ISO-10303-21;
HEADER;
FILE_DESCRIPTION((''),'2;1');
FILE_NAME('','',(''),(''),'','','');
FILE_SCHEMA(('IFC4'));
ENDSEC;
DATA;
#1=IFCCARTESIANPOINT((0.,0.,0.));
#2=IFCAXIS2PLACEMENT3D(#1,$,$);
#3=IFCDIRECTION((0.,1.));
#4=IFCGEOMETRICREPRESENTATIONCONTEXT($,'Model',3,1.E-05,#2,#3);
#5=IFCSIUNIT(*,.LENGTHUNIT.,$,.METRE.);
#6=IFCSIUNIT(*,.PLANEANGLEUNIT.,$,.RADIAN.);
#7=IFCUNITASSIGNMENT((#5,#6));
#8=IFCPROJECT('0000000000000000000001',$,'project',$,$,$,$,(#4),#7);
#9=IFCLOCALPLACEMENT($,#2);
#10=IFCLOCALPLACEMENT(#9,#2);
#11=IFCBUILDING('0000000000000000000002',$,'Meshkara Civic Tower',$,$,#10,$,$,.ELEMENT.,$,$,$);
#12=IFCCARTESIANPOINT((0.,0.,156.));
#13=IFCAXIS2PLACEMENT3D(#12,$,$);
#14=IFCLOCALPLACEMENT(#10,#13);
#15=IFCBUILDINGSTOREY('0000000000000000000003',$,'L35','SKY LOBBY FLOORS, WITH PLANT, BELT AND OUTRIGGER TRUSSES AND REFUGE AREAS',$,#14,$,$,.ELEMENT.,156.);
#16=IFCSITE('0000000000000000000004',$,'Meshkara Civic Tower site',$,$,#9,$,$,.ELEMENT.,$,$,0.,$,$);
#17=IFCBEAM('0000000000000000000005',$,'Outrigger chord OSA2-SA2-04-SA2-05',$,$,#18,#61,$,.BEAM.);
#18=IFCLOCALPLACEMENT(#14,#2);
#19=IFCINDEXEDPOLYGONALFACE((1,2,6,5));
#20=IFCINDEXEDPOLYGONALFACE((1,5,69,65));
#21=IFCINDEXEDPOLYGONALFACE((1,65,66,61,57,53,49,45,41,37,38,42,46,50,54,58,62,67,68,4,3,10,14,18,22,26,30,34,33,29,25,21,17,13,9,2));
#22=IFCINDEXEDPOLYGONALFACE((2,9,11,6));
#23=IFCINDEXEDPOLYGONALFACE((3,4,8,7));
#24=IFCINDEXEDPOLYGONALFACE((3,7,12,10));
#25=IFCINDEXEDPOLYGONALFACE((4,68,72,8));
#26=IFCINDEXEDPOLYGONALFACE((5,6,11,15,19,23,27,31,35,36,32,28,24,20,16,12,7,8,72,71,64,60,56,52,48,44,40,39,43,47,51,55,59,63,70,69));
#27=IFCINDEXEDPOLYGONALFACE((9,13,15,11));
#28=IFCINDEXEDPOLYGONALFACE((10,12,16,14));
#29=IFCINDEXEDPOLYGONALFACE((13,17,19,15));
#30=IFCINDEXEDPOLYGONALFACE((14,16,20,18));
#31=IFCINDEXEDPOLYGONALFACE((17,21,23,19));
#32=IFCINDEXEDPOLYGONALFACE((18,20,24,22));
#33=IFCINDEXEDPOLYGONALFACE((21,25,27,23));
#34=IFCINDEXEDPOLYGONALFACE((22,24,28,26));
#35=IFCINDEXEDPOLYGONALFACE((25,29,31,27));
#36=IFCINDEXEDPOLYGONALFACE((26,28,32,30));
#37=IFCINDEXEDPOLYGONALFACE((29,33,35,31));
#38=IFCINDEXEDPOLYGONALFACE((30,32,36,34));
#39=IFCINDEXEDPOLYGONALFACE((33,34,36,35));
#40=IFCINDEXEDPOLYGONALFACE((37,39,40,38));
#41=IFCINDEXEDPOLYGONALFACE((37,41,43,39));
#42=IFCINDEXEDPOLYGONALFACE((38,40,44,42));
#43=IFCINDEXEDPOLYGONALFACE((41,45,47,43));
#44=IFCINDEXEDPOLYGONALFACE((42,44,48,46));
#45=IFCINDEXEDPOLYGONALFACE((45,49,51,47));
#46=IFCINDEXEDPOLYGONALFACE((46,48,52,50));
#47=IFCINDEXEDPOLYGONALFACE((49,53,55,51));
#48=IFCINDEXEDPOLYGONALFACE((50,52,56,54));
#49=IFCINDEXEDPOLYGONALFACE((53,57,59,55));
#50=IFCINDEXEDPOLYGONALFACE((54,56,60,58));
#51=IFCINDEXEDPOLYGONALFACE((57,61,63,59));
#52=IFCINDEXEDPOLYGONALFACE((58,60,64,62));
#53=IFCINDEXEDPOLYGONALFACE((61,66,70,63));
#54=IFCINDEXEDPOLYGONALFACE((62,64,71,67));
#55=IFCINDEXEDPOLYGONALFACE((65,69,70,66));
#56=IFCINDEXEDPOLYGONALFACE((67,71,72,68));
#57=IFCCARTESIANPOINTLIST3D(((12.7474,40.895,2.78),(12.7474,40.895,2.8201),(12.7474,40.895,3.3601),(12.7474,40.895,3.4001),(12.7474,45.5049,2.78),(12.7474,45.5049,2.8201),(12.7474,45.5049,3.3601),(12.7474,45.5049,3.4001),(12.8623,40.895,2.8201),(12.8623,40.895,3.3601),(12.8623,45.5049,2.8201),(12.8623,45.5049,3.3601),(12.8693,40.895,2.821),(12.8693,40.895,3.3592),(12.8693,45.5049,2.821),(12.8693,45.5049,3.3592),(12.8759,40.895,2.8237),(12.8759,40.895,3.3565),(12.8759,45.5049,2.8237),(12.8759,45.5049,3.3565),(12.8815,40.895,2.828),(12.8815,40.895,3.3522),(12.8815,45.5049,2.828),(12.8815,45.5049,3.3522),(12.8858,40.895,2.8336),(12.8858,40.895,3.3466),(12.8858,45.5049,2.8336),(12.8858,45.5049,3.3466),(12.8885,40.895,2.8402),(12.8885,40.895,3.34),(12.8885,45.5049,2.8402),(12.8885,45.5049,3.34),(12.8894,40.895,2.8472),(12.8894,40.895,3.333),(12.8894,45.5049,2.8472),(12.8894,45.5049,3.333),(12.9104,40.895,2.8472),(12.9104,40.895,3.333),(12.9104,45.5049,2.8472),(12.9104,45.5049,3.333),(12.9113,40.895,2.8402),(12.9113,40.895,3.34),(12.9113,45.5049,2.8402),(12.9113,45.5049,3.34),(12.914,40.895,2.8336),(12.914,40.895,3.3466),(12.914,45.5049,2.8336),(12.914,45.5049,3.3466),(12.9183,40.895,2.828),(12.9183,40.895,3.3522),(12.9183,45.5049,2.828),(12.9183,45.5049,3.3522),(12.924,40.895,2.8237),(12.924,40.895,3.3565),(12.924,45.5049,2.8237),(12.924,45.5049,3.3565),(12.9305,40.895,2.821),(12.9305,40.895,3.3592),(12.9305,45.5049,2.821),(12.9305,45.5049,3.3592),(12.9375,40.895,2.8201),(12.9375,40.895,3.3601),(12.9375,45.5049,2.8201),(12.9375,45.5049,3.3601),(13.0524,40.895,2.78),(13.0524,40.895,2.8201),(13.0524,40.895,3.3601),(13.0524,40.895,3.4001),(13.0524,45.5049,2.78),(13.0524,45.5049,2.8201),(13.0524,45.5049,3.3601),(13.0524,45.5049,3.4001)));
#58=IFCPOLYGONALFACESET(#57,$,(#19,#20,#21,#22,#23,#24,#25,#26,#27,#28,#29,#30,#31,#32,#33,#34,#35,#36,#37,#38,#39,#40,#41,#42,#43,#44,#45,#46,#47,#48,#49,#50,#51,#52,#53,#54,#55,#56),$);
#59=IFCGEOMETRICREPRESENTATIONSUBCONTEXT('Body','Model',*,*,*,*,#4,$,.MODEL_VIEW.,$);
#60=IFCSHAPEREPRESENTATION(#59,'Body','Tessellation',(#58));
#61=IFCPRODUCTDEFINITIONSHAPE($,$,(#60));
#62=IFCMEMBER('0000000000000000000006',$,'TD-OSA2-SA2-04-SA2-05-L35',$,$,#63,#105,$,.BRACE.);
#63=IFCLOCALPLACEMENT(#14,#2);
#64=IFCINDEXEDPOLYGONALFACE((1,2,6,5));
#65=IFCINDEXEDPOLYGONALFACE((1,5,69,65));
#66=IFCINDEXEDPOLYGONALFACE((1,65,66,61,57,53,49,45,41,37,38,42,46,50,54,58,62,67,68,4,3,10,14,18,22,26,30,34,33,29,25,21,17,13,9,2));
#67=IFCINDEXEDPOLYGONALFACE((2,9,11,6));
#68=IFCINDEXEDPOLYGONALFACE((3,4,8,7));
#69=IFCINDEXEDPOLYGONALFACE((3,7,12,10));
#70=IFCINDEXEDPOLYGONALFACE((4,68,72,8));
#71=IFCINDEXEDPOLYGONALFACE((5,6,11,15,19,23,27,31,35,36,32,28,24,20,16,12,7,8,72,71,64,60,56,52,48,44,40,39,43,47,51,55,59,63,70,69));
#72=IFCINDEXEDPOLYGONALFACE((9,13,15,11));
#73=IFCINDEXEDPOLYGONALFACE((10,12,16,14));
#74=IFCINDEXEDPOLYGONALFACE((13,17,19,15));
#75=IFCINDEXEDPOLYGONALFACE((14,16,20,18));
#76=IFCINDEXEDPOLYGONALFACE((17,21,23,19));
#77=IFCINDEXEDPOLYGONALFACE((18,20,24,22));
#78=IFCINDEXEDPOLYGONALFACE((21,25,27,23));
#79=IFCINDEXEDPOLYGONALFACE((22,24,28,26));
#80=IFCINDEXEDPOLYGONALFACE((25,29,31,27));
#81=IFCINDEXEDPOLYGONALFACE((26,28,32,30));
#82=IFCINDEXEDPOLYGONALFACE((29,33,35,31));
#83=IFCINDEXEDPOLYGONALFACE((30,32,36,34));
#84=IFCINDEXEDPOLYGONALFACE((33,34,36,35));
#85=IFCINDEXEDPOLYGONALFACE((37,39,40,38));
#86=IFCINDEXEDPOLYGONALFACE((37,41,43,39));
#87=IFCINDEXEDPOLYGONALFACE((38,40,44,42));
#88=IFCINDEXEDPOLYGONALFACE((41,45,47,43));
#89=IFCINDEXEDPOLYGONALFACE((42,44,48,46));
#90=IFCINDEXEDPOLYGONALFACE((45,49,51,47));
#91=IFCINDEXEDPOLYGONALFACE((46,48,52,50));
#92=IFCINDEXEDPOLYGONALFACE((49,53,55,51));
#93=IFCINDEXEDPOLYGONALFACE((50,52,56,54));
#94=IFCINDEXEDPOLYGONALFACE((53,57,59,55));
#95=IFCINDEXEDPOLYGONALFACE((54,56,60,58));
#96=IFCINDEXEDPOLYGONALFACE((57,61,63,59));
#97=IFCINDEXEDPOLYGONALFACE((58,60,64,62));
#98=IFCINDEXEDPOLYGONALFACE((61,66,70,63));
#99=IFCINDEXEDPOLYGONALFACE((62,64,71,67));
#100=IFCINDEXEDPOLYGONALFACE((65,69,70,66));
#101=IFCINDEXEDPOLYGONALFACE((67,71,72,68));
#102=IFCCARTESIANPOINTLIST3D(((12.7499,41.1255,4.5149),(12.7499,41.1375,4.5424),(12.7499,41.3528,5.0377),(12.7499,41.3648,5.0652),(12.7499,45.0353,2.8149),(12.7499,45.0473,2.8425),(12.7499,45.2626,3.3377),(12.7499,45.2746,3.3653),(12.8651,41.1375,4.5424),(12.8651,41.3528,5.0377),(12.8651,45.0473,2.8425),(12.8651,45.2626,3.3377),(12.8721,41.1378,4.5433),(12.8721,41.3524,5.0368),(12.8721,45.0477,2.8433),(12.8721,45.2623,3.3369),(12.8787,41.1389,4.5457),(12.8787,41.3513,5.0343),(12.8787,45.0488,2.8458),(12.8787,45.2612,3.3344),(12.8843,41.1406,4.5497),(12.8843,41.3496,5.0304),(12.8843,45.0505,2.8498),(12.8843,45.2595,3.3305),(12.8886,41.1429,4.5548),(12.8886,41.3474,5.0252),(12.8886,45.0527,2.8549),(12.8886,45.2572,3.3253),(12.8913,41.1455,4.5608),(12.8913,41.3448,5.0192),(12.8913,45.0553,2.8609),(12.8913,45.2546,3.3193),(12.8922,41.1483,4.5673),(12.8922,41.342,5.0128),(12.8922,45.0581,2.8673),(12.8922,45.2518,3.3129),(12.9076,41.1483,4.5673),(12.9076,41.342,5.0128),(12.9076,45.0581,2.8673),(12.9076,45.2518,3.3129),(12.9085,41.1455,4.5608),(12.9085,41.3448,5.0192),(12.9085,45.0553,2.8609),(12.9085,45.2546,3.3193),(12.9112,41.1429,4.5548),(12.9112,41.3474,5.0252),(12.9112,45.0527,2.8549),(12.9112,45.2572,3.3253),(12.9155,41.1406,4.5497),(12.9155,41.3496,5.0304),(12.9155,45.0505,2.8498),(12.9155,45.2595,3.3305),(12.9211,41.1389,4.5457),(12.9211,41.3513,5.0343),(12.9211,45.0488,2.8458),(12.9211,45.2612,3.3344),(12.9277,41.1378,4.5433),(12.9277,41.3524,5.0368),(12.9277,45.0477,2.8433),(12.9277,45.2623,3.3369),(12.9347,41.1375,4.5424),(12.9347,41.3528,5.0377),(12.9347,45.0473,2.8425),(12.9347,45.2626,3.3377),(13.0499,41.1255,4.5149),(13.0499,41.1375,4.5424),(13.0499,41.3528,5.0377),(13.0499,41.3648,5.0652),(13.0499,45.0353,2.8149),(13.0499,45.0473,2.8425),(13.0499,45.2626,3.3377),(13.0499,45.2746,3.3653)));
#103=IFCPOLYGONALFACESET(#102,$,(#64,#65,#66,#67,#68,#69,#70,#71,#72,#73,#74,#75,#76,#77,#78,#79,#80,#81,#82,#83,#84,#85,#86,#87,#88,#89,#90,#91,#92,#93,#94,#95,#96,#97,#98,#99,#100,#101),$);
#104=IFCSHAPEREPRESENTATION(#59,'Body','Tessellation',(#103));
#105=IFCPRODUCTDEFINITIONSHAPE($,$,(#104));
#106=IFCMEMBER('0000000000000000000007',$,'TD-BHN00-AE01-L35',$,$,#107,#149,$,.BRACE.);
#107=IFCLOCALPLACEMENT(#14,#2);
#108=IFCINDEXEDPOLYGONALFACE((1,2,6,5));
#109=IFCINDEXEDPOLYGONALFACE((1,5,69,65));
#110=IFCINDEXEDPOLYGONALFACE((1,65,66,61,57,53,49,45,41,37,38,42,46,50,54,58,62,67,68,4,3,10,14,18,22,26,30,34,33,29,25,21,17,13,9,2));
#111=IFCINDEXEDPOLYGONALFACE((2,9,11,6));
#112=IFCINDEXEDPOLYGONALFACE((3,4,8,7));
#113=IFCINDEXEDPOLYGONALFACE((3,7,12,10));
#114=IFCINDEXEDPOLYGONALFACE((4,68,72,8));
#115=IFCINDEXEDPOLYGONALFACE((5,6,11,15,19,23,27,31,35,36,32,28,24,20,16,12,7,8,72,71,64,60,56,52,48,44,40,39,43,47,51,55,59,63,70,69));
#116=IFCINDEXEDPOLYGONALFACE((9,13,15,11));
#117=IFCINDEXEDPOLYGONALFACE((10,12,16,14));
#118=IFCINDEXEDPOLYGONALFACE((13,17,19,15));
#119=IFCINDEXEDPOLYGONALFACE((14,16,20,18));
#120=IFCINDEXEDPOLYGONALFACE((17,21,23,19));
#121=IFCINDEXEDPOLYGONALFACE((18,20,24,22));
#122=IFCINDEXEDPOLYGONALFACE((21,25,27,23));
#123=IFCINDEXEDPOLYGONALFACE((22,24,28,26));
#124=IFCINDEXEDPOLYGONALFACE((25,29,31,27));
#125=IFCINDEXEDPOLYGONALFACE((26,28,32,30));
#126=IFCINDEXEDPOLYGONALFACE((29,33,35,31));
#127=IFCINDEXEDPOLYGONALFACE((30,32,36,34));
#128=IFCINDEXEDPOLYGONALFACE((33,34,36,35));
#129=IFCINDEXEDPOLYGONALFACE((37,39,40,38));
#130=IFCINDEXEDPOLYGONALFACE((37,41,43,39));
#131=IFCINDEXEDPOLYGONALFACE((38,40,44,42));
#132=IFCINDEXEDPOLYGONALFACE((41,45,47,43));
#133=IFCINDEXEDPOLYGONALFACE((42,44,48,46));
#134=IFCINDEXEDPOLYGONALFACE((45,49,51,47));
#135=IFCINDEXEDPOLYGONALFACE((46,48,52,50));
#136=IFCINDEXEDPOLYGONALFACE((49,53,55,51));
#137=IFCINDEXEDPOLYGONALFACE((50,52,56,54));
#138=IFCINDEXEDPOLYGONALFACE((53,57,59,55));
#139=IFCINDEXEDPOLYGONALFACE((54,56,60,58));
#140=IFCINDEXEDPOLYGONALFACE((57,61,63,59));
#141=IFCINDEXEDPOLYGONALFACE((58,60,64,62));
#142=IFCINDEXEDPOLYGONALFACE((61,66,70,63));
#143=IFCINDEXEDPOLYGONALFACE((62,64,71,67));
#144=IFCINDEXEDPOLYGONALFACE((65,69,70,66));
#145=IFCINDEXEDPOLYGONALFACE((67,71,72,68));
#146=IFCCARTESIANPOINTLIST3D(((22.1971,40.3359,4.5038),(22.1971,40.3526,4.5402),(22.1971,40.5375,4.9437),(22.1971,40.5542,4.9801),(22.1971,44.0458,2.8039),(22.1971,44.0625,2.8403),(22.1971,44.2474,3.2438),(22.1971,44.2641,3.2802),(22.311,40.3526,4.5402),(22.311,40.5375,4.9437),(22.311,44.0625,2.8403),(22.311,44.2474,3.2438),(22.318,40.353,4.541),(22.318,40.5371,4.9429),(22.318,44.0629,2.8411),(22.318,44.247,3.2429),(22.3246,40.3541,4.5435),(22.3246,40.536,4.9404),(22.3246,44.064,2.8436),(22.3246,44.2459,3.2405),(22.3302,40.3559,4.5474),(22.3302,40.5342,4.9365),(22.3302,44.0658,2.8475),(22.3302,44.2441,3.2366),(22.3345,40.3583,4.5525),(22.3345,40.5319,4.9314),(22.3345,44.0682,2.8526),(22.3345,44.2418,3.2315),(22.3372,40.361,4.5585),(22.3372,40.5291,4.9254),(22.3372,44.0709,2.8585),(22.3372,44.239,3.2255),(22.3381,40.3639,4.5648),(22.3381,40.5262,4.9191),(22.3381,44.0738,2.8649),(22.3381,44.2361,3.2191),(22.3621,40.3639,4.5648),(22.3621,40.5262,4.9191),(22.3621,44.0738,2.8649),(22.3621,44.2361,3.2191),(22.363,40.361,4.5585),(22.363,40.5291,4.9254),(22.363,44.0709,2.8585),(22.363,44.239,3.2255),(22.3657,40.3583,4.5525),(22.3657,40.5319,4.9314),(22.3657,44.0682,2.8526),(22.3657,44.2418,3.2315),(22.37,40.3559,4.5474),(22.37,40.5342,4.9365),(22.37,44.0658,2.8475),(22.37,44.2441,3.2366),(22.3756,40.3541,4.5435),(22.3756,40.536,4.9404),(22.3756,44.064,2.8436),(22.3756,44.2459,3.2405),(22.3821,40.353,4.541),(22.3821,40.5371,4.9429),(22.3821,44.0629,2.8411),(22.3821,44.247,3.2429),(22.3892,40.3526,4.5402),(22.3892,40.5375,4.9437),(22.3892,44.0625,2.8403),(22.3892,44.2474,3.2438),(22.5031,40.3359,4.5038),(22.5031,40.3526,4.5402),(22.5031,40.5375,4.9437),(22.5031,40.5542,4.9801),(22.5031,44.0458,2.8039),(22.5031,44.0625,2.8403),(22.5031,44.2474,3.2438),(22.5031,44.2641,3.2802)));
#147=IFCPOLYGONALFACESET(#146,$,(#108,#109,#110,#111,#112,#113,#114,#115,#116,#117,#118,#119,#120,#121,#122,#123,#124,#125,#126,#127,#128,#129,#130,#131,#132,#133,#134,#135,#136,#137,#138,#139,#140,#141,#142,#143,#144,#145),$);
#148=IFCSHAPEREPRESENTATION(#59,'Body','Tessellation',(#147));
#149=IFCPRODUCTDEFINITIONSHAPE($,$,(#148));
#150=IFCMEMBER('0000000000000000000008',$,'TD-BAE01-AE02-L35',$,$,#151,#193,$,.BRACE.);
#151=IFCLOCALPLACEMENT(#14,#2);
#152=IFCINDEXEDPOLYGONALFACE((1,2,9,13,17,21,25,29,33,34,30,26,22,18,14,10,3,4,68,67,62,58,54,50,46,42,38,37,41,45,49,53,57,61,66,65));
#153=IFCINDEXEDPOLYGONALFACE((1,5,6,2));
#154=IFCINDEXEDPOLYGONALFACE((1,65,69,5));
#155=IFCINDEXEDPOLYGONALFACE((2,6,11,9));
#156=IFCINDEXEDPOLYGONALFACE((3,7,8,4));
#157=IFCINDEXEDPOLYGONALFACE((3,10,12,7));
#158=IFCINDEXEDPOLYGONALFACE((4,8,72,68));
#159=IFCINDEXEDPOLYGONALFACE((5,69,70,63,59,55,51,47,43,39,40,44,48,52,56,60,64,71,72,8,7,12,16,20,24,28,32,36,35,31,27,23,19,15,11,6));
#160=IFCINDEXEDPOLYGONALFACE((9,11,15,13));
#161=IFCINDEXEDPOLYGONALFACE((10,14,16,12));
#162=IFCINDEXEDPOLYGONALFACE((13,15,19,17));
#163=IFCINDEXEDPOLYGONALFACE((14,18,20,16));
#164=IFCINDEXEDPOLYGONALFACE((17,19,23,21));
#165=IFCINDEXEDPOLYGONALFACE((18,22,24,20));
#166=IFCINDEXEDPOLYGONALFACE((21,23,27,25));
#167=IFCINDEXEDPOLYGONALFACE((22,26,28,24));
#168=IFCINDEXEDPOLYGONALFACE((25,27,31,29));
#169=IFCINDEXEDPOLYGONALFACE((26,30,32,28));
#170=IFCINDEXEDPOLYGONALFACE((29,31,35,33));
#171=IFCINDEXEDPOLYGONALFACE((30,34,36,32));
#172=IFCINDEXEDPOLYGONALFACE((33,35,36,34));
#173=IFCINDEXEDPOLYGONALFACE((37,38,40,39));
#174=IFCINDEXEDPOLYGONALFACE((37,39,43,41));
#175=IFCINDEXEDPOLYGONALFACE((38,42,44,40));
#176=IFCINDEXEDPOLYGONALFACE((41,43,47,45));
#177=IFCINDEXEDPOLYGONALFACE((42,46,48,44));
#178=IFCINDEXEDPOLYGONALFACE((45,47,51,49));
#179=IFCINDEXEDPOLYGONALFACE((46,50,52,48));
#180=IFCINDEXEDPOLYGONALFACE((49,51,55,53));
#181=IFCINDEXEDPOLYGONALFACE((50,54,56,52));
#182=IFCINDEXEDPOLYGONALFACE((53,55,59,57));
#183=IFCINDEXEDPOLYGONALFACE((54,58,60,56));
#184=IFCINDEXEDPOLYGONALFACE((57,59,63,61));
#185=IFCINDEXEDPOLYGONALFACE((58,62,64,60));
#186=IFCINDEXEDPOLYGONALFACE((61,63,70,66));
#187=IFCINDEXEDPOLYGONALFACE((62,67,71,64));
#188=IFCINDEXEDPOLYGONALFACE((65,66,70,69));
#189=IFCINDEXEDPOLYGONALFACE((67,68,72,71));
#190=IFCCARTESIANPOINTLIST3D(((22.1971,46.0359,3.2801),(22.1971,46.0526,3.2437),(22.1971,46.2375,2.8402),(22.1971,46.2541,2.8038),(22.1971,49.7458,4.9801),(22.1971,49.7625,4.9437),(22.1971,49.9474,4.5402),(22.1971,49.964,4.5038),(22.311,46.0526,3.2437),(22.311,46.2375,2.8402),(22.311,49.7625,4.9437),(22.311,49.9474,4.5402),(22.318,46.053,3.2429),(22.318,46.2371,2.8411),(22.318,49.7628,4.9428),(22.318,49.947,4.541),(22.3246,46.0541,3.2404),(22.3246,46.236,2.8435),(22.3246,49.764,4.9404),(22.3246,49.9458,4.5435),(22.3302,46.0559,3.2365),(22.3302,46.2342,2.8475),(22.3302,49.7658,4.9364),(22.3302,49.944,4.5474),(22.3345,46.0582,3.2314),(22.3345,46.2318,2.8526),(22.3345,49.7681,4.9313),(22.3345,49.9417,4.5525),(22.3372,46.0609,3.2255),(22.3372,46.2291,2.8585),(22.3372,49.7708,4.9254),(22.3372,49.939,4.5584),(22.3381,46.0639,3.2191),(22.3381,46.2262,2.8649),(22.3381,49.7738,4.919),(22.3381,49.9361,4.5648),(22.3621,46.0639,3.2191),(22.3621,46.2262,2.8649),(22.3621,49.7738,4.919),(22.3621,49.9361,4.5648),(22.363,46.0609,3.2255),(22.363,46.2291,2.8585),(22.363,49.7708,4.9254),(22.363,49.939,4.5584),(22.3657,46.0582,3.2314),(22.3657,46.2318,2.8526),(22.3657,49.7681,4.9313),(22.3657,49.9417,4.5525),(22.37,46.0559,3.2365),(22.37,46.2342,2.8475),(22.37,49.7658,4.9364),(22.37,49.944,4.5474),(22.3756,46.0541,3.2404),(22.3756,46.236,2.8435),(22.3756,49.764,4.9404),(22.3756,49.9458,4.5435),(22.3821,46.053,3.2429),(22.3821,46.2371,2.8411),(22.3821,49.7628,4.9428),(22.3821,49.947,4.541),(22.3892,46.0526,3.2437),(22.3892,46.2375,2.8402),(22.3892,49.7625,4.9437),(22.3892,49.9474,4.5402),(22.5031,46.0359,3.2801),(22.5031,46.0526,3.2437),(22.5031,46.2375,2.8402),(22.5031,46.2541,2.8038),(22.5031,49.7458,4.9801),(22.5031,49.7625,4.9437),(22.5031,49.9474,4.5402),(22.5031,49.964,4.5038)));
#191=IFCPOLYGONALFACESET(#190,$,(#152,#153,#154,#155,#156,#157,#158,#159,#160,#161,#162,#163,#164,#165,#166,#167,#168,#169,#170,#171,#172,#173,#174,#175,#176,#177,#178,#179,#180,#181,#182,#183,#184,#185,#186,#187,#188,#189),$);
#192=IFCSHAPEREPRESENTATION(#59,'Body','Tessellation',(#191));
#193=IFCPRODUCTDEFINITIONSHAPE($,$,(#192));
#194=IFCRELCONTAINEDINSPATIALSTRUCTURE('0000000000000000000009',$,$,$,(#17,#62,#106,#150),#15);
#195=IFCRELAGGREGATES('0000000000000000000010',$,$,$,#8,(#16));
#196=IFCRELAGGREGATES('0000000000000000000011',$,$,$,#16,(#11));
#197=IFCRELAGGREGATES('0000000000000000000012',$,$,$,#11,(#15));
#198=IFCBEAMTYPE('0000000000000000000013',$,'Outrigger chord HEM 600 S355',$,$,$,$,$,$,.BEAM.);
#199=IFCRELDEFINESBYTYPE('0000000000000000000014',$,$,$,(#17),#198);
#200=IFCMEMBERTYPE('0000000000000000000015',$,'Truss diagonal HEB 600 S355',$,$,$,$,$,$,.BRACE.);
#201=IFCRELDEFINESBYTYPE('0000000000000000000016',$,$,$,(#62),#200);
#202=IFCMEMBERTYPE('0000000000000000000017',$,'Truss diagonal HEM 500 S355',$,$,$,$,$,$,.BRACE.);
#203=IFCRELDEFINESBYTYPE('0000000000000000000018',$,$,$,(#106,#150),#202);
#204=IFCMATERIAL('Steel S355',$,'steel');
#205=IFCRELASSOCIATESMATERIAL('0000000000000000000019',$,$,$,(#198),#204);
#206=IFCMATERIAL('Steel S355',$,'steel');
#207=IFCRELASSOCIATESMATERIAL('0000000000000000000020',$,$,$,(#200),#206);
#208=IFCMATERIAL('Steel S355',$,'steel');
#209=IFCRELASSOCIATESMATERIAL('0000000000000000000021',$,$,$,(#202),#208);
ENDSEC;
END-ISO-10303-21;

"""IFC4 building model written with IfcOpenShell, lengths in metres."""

from ifc_helpers import new_model, si_unit, direction, frame, origin, origin_2d, place, context, subcontext, project, spatial, i_section, extrude, material, material_profile, profile_set, type_object, element, save


model = new_model("IFC4")

# Units and contexts
model_context = context("Model", 3, precision=1e-05, world=origin(), true_north=direction((0.0, 1.0)))
body_context = subcontext(model_context, "Body", "Model", "MODEL_VIEW")
ifc_project = project(units=[si_unit("LENGTHUNIT", "METRE"), si_unit("PLANEANGLEUNIT", "RADIAN")], contexts=[model_context])

# Site, building, storey
site_placement = place(None, origin())
site = spatial("IfcSite", under=ifc_project, at=site_placement, Name="Meshkara Civic Tower site", CompositionType="ELEMENT", RefElevation=0.0)
building_placement = place(site_placement, origin())
building = spatial("IfcBuilding", under=site, at=building_placement, Name="Meshkara Civic Tower", CompositionType="ELEMENT")
storey_placement = place(building_placement, frame((0.0, 0.0, 156.0)))
storey = spatial("IfcBuildingStorey", under=building, at=storey_placement, Name="L35", Description="SKY LOBBY FLOORS, WITH PLANT, BELT AND OUTRIGGER TRUSSES AND REFUGE AREAS", CompositionType="ELEMENT", Elevation=156.0)

# Beam
ifc_material_1 = material(Name="Steel S355", Category="steel")
ifc_material_profile_1 = material_profile(ifc_material_1, i_section(OverallWidth=0.3049, OverallDepth=0.6201, WebThickness=0.021, FlangeThickness=0.04, FilletRadius=0.0271, at=origin_2d()))
ifc_profile_set_1 = profile_set([ifc_material_profile_1], Name="Steel S355")
beam_type_1 = type_object("IfcBeamType", Name="Outrigger chord HEM 600 S355", PredefinedType="BEAM", material=ifc_profile_set_1)
for number, where, z_axis, x_axis, name in (
    (1, (12.8999, 40.895, 3.0901), (0.0, 1.0, 0.0), (-1.0, 0.0, 0.0), "Outrigger chord OSA2-SA2-04-SA2-05"),
):
    element("IfcBeam", number, at=place(storey_placement, frame(where, z_axis=z_axis, x_axis=x_axis)), inside=storey, type_object=beam_type_1, Name=name, PredefinedType="BEAM", context=body_context, shape_type="SweptSolid", body=[
        extrude(i_section(OverallWidth=0.3049, OverallDepth=0.6201, WebThickness=0.021, FlangeThickness=0.04, FilletRadius=0.0271, at=origin_2d()), origin(), (0.0, 0.0, 1.0), 4.6099),
    ])

# Members
ifc_material_2 = material(Name="Steel S355", Category="steel")
ifc_material_profile_2 = material_profile(ifc_material_2, i_section(OverallWidth=0.3, OverallDepth=0.6001, WebThickness=0.0154, FlangeThickness=0.03, FilletRadius=0.0271, at=origin_2d()))
ifc_profile_set_2 = profile_set([ifc_material_profile_2], Name="Steel S355")
member_type_1 = type_object("IfcMemberType", Name="Truss diagonal HEB 600 S355", PredefinedType="BRACE", material=ifc_profile_set_2)
member_placement = place(storey_placement, frame((12.8999, 41.2451, 4.79), z_axis=(0.0, 0.917071, -0.398724), x_axis=(-1.0, 0.0, 0.0)))
element("IfcMember", 2, at=member_placement, inside=storey, type_object=member_type_1, Name="TD-OSA2-SA2-04-SA2-05-L35", PredefinedType="BRACE", context=body_context, shape_type="SweptSolid", body=[
    extrude(i_section(OverallWidth=0.3, OverallDepth=0.6001, WebThickness=0.0154, FlangeThickness=0.03, FilletRadius=0.0271, at=origin_2d()), origin(), (0.0, 0.0, 1.0), 4.2634),
])
ifc_material_3 = material(Name="Steel S355", Category="steel")
ifc_material_profile_3 = material_profile(ifc_material_3, i_section(OverallWidth=0.3059, OverallDepth=0.5239, WebThickness=0.0239, FlangeThickness=0.04, FilletRadius=0.0271, at=origin_2d()))
ifc_profile_set_3 = profile_set([ifc_material_profile_3], Name="Steel S355")
member_type_2 = type_object("IfcMemberType", Name="Truss diagonal HEM 500 S355", PredefinedType="BRACE", material=ifc_profile_set_3)
for number, where, z_axis, x_axis, name in (
    (3, (22.3501, 40.4451, 4.7419), (0.0, 0.909106, -0.416564), (-1.0, 0.0, 0.0), "TD-BHN00-AE01-L35"),
    (4, (22.3501, 46.145, 3.042), (0.0, 0.909106, 0.416564), (-1.0, 0.0, 0.0), "TD-BAE01-AE02-L35"),
):
    element("IfcMember", number, at=place(storey_placement, frame(where, z_axis=z_axis, x_axis=x_axis)), inside=storey, type_object=member_type_2, Name=name, PredefinedType="BRACE", context=body_context, shape_type="SweptSolid", body=[
        extrude(i_section(OverallWidth=0.3059, OverallDepth=0.5239, WebThickness=0.0239, FlangeThickness=0.04, FilletRadius=0.0271, at=origin_2d()), origin(), (0.0, 0.0, 1.0), 4.0808),
    ])

save(model, "model.ifc")
